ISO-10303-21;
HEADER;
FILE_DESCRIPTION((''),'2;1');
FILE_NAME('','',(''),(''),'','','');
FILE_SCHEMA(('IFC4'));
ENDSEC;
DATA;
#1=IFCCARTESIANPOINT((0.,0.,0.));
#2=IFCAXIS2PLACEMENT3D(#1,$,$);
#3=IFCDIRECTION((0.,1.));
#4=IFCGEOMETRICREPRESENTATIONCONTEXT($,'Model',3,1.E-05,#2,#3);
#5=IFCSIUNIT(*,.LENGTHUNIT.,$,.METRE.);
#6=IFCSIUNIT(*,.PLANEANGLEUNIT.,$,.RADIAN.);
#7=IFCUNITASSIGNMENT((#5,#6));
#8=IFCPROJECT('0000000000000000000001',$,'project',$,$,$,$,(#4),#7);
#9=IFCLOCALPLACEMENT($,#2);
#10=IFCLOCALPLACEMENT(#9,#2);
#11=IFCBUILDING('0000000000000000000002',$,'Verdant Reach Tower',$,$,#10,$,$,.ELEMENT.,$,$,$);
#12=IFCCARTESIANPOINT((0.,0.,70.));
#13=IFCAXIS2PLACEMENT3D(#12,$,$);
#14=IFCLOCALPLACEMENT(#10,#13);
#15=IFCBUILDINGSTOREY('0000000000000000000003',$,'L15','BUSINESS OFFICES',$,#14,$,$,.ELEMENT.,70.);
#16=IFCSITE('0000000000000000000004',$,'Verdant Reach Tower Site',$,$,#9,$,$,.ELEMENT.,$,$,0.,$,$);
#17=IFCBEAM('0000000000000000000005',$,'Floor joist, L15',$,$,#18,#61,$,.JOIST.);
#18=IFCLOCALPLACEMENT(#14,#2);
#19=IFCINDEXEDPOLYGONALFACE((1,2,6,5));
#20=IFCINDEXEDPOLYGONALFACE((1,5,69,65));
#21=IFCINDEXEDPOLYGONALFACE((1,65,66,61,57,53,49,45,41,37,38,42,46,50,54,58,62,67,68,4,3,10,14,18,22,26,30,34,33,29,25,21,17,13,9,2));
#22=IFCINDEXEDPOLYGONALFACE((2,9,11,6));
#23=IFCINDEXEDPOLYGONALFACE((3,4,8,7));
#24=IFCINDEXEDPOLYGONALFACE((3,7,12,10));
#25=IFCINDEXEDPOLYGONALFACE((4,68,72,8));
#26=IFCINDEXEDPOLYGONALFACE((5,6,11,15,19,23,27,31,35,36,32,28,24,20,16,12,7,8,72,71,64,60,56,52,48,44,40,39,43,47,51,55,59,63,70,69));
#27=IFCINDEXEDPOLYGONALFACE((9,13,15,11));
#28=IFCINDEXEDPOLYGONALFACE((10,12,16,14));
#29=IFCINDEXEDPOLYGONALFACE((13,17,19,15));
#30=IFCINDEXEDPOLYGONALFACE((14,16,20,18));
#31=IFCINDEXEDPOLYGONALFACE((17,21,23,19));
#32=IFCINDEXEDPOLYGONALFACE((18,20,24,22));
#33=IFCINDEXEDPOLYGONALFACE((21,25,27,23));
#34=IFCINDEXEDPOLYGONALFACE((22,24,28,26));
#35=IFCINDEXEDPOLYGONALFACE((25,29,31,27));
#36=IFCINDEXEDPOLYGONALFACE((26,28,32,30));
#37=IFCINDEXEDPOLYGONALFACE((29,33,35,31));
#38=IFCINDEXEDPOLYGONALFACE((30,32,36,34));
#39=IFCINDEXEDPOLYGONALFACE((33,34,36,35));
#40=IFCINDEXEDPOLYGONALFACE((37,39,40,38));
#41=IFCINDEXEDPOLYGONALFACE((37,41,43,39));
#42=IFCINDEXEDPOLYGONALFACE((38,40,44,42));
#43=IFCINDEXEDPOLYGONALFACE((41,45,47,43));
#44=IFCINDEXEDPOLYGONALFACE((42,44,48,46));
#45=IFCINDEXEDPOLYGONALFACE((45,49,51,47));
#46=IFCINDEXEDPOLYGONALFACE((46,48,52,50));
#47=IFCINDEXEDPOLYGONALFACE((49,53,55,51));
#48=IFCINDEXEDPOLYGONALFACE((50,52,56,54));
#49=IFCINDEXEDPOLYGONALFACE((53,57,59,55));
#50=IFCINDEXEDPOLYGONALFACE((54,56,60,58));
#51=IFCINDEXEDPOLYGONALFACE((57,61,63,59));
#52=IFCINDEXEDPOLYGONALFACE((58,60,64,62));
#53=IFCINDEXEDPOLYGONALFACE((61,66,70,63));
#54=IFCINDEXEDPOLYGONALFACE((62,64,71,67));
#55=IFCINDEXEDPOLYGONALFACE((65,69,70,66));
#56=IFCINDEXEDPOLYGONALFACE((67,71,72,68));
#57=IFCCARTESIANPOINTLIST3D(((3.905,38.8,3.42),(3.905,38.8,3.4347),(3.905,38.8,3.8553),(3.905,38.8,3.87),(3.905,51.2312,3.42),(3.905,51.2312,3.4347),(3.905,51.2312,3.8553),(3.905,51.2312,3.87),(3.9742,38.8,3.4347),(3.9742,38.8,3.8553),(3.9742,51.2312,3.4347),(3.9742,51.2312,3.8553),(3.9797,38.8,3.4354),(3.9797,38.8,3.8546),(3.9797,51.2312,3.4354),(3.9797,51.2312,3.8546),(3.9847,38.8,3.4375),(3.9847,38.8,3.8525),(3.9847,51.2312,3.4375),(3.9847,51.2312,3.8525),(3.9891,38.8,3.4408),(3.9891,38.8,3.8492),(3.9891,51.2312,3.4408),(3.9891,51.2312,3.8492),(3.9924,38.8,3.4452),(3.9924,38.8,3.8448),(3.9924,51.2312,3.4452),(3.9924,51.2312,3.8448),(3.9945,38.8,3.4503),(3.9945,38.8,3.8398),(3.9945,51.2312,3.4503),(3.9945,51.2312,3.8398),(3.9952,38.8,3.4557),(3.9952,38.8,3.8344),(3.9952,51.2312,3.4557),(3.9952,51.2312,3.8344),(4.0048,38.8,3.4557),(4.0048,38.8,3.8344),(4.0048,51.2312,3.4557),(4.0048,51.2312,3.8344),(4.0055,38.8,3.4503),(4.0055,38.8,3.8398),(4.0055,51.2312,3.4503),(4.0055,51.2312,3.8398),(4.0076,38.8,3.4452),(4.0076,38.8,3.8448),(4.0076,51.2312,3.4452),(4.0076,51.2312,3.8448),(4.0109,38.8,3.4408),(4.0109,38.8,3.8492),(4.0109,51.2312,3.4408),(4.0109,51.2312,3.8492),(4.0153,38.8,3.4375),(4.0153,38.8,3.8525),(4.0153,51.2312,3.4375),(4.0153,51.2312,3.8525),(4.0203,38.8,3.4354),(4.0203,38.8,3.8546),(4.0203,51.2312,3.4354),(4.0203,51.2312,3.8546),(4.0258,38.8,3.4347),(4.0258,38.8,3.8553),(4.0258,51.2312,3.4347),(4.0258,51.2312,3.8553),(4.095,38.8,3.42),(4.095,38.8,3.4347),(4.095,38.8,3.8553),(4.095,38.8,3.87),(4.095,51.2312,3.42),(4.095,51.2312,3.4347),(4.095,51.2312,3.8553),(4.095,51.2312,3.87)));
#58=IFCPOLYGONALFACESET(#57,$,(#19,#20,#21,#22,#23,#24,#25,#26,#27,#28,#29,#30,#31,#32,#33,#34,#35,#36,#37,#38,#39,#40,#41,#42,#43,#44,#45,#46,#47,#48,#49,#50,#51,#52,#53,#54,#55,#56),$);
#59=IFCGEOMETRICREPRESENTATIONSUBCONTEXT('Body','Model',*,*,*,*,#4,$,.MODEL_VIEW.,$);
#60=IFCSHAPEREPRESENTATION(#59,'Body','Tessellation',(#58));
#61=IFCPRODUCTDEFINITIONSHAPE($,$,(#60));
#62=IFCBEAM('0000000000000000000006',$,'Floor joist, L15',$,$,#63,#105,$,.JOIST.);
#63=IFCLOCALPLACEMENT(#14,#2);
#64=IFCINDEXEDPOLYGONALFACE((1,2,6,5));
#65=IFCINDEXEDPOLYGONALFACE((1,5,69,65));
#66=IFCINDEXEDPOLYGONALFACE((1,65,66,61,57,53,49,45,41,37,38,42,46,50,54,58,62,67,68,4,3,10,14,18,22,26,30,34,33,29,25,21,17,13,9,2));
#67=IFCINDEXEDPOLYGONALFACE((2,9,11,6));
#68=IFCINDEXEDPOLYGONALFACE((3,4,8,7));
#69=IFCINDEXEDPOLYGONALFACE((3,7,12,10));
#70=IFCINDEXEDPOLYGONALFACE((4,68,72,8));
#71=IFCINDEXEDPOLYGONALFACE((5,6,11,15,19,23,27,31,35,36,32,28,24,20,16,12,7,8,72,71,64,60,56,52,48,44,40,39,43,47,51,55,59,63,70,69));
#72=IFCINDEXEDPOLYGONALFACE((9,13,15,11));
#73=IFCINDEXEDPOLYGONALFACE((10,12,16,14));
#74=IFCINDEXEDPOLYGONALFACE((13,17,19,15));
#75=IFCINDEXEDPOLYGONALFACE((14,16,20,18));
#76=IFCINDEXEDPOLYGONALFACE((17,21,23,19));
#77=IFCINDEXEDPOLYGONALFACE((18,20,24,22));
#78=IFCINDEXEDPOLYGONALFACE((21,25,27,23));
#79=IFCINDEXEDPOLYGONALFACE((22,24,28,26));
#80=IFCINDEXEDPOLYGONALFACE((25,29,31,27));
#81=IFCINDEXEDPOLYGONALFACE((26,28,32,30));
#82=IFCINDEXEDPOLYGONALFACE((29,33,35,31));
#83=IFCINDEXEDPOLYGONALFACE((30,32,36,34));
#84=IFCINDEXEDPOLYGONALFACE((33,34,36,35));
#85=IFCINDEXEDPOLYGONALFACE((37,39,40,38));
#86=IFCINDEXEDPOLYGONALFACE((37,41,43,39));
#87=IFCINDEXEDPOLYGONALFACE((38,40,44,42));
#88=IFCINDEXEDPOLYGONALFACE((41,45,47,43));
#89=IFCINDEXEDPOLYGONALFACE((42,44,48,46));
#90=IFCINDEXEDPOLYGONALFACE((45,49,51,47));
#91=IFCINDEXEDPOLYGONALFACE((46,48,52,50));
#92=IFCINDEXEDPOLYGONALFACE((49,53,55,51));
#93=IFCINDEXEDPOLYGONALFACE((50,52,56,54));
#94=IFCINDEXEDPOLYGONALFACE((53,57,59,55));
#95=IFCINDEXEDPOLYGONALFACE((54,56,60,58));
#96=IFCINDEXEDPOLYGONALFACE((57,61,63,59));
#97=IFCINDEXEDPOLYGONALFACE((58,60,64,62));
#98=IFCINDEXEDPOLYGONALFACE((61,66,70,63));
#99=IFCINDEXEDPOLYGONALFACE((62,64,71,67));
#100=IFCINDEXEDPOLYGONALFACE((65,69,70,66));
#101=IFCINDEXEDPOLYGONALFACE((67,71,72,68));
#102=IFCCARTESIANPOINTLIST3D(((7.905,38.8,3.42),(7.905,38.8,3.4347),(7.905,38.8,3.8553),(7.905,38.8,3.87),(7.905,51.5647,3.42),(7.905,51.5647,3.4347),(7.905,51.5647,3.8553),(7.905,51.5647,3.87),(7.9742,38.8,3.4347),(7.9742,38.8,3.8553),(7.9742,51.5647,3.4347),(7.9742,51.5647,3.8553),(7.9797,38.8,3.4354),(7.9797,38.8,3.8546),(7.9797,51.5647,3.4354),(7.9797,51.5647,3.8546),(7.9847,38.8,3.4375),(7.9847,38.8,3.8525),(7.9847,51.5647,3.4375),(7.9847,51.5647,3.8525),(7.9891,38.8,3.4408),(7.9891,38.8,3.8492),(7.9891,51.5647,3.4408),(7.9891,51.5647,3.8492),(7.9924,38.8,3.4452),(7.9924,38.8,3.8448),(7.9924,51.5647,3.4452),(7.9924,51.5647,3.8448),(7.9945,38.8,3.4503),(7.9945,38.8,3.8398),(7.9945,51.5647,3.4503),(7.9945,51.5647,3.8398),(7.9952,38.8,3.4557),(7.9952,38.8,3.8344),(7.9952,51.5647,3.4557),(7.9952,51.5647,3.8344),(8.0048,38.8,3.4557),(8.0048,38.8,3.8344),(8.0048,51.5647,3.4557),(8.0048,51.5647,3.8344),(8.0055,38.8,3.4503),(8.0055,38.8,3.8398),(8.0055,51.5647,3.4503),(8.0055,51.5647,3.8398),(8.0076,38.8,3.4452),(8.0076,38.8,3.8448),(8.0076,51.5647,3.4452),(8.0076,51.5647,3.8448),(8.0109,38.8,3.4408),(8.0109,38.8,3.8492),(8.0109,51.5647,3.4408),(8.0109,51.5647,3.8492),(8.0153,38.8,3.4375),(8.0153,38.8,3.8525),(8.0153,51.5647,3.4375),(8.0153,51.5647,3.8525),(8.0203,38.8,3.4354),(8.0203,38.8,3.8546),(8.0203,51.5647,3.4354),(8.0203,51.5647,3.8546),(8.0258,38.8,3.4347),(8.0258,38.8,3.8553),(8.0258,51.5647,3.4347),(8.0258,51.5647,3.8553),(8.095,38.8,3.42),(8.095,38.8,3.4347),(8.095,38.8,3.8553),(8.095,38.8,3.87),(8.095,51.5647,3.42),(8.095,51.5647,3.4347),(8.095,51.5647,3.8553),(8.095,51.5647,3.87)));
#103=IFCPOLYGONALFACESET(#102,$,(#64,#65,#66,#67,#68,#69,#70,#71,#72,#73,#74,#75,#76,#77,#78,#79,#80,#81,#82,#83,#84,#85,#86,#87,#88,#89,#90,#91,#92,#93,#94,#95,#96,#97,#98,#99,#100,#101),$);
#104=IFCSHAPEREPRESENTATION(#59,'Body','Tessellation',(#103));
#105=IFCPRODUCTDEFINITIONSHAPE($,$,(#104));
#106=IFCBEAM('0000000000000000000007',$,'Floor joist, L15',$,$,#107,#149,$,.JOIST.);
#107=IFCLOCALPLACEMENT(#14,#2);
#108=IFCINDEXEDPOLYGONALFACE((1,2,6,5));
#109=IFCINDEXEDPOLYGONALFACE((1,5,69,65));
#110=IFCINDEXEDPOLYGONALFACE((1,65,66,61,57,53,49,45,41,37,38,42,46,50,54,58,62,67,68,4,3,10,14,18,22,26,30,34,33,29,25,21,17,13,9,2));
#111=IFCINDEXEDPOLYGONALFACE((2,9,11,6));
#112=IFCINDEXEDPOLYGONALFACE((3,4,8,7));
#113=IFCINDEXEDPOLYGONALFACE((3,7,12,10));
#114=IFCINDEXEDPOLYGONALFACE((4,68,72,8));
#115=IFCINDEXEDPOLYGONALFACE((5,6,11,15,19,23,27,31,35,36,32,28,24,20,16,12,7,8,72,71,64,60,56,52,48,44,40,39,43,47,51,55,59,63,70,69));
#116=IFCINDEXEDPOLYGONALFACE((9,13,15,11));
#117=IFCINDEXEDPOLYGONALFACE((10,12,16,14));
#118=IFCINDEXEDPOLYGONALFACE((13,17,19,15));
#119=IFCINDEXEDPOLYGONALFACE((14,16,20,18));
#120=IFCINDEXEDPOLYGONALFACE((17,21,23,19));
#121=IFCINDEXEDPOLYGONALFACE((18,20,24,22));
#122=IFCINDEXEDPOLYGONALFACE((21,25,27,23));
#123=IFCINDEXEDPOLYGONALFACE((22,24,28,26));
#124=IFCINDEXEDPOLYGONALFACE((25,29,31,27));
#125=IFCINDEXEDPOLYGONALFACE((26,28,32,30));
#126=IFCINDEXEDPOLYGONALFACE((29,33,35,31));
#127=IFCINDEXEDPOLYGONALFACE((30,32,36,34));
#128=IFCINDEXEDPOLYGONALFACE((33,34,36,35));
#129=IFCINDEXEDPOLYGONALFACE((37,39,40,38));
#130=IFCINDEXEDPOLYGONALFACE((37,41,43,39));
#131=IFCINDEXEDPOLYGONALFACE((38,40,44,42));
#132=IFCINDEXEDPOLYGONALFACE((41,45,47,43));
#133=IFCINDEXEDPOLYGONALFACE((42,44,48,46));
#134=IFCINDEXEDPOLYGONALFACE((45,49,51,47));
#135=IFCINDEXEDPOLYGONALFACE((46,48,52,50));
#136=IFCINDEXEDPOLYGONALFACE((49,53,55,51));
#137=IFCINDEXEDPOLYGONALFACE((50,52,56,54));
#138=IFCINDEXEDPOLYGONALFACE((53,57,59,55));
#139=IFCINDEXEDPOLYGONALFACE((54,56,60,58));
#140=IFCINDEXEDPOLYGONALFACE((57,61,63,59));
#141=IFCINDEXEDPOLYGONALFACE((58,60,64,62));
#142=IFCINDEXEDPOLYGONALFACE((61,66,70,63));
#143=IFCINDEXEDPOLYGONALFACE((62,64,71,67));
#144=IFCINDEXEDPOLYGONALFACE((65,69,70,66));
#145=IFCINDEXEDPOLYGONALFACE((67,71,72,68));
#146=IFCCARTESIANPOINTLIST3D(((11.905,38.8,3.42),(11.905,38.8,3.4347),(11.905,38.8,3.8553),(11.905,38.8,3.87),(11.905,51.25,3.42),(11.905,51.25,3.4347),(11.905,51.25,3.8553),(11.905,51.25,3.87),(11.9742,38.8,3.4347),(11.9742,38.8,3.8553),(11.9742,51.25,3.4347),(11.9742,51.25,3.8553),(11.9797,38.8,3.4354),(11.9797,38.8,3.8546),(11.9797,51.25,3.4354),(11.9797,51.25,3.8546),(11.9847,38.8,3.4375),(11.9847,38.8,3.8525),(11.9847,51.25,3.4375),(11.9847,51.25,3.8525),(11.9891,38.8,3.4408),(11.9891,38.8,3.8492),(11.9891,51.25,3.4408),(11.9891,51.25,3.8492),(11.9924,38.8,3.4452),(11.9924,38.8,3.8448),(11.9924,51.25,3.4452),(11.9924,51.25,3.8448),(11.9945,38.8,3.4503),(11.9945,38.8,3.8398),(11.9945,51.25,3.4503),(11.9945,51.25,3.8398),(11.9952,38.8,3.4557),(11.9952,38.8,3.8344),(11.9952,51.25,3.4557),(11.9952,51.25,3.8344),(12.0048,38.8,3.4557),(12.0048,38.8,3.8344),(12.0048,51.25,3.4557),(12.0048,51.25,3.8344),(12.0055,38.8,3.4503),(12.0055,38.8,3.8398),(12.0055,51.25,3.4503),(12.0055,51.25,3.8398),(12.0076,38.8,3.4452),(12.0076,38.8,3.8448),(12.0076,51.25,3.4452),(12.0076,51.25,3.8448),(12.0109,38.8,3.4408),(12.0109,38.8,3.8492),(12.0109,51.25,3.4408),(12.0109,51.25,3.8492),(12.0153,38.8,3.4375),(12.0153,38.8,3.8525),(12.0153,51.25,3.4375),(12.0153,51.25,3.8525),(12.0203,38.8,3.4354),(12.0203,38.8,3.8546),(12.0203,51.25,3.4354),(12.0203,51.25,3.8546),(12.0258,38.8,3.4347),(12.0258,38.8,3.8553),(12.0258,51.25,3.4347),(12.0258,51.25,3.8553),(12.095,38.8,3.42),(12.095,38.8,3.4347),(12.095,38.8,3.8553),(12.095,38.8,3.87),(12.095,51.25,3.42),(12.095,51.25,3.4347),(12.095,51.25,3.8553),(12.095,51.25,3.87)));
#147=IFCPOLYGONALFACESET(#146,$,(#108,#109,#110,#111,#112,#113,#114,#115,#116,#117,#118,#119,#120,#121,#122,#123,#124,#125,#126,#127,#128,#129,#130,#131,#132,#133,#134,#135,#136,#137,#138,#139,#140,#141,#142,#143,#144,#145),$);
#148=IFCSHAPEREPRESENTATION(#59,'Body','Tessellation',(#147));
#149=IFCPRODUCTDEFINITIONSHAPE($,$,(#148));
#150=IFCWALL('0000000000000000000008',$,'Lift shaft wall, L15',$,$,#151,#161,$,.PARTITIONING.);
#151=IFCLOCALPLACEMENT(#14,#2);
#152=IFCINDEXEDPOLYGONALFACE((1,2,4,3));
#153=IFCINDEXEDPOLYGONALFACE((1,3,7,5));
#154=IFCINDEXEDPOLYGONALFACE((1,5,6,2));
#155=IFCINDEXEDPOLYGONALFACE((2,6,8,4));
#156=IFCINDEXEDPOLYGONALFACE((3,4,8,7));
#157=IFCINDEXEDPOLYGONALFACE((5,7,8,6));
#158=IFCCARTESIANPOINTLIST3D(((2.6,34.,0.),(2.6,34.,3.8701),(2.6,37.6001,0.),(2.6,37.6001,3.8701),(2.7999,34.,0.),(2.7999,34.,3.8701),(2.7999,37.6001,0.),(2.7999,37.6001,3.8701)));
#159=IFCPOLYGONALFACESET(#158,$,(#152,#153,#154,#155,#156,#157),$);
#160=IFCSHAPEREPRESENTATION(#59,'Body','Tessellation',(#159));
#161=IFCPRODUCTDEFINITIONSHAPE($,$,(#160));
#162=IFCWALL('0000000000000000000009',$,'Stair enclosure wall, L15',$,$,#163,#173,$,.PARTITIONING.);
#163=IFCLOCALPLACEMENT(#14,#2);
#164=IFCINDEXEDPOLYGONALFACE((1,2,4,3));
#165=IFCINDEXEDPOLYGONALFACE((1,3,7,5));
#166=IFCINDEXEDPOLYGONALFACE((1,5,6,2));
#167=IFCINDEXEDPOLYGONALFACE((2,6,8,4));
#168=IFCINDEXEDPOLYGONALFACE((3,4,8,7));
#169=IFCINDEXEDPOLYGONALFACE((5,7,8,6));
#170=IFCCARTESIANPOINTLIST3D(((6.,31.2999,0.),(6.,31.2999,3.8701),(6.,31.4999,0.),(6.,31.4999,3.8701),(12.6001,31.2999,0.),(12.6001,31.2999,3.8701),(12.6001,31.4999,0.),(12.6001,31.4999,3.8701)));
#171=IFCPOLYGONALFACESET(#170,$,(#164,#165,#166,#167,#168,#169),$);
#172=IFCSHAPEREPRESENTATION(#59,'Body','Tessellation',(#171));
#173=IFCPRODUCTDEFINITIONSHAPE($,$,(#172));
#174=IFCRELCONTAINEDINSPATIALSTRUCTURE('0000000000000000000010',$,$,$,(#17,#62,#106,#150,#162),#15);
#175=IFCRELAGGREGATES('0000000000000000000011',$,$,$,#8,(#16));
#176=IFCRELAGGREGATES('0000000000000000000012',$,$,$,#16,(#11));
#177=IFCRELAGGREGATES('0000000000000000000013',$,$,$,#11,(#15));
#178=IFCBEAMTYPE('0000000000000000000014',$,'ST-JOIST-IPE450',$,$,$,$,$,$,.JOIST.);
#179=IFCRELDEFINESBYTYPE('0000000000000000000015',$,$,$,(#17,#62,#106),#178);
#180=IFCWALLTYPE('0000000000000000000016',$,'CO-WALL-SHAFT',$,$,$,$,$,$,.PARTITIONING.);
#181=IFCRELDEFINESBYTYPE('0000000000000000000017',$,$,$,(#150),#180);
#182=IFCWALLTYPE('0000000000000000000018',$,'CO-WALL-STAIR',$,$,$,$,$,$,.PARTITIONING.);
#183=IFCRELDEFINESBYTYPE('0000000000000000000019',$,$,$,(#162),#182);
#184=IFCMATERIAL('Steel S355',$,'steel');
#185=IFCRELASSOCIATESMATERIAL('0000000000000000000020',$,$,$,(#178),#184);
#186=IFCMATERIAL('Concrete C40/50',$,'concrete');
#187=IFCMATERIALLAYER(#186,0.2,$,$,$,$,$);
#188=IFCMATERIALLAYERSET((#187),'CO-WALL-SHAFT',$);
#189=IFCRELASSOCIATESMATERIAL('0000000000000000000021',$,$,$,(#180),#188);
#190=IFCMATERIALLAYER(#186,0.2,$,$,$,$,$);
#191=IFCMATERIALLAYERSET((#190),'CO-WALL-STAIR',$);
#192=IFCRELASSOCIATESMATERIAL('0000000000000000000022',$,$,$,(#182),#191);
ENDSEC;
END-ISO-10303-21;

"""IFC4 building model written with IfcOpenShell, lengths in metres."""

from ifc_helpers import new_model, si_unit, direction, frame, frame_2d, origin, origin_2d, place, context, subcontext, project, spatial, rectangle, i_section, extrude, material, layer, layer_set, material_profile, profile_set, type_object, element, save


model = new_model("IFC4")

# Units and contexts
model_context = context("Model", 3, precision=1e-05, world=origin(), true_north=direction((0.0, 1.0)))
body_context = subcontext(model_context, "Body", "Model", "MODEL_VIEW")
ifc_project = project(units=[si_unit("LENGTHUNIT", "METRE"), si_unit("PLANEANGLEUNIT", "RADIAN")], contexts=[model_context])

# Site, building, storey
site_placement = place(None, origin())
site = spatial("IfcSite", under=ifc_project, at=site_placement, Name="Verdant Reach Tower Site", CompositionType="ELEMENT", RefElevation=0.0)
building_placement = place(site_placement, origin())
building = spatial("IfcBuilding", under=site, at=building_placement, Name="Verdant Reach Tower", CompositionType="ELEMENT")
storey_placement = place(building_placement, frame((0.0, 0.0, 70.0)))
storey = spatial("IfcBuildingStorey", under=building, at=storey_placement, Name="L15", Description="BUSINESS OFFICES", CompositionType="ELEMENT", Elevation=70.0)

# Beams
ifc_material_1 = material(Name="Steel S355", Category="steel")
ifc_material_profile_1 = material_profile(ifc_material_1, i_section(OverallWidth=0.1899, OverallDepth=0.45, WebThickness=0.0095, FlangeThickness=0.0146, FilletRadius=0.021, at=origin_2d()), Name="IPE 450")
ifc_profile_set_1 = profile_set([ifc_material_profile_1], Name="Steel S355")
beam_type_1 = type_object("IfcBeamType", Name="ST-JOIST-IPE450", PredefinedType="JOIST", material=ifc_profile_set_1)
beam_1_placement = place(storey_placement, frame((4.0, 38.8, 3.645), z_axis=(0.0, 1.0, 0.0), x_axis=(-1.0, 0.0, 0.0)))
element("IfcBeam", 1, at=beam_1_placement, inside=storey, type_object=beam_type_1, Name="Floor joist, L15", PredefinedType="JOIST", context=body_context, shape_type="SweptSolid", body=[
    extrude(i_section(OverallWidth=0.1899, OverallDepth=0.45, WebThickness=0.0095, FlangeThickness=0.0146, FilletRadius=0.021, at=origin_2d()), origin(), (0.0, 0.0, 1.0), 12.4312),
])
beam_2_placement = place(storey_placement, frame((8.0, 38.8, 3.645), z_axis=(0.0, 1.0, 0.0), x_axis=(-1.0, 0.0, 0.0)))
element("IfcBeam", 2, at=beam_2_placement, inside=storey, type_object=beam_type_1, Name="Floor joist, L15", PredefinedType="JOIST", context=body_context, shape_type="SweptSolid", body=[
    extrude(i_section(OverallWidth=0.1899, OverallDepth=0.45, WebThickness=0.0095, FlangeThickness=0.0146, FilletRadius=0.021, at=origin_2d()), origin(), (0.0, 0.0, 1.0), 12.7646),
])
beam_3_placement = place(storey_placement, frame((12.0, 38.8, 3.645), z_axis=(0.0, 1.0, 0.0), x_axis=(-1.0, 0.0, 0.0)))
element("IfcBeam", 3, at=beam_3_placement, inside=storey, type_object=beam_type_1, Name="Floor joist, L15", PredefinedType="JOIST", context=body_context, shape_type="SweptSolid", body=[
    extrude(i_section(OverallWidth=0.1899, OverallDepth=0.45, WebThickness=0.0095, FlangeThickness=0.0146, FilletRadius=0.021, at=origin_2d()), origin(), (0.0, 0.0, 1.0), 12.45),
])

# Walls
ifc_material_2 = material(Name="Concrete C40/50", Category="concrete")
ifc_layer_1 = layer(ifc_material_2, 0.2)
ifc_layer_set_1 = layer_set([ifc_layer_1], Name="CO-WALL-SHAFT")
wall_type_1 = type_object("IfcWallType", Name="CO-WALL-SHAFT", PredefinedType="PARTITIONING", material=ifc_layer_set_1)
wall_1_placement = place(storey_placement, frame((2.7, 34.0, 0.0), z_axis=(0.0, 0.0, 1.0), x_axis=(0.0, 1.0, 0.0)))
element("IfcWall", 4, at=wall_1_placement, inside=storey, type_object=wall_type_1, Name="Lift shaft wall, L15", PredefinedType="PARTITIONING", context=body_context, shape_type="SweptSolid", body=[
    extrude(rectangle(XDim=3.6001, YDim=0.2, at=frame_2d((1.8, 0.0))), origin(), (0.0, 0.0, 1.0), 3.8701),
])
ifc_layer_2 = layer(ifc_material_2, 0.2)
ifc_layer_set_2 = layer_set([ifc_layer_2], Name="CO-WALL-STAIR")
wall_type_2 = type_object("IfcWallType", Name="CO-WALL-STAIR", PredefinedType="PARTITIONING", material=ifc_layer_set_2)
wall_2_placement = place(storey_placement, frame((6.0, 31.3999, 0.0), z_axis=(0.0, 0.0, 1.0), x_axis=(1.0, 0.0, 0.0)))
element("IfcWall", 5, at=wall_2_placement, inside=storey, type_object=wall_type_2, Name="Stair enclosure wall, L15", PredefinedType="PARTITIONING", context=body_context, shape_type="SweptSolid", body=[
    extrude(rectangle(XDim=6.6001, YDim=0.2, at=frame_2d((3.3, 0.0))), origin(), (0.0, 0.0, 1.0), 3.8701),
])

save(model, "model.ifc")
